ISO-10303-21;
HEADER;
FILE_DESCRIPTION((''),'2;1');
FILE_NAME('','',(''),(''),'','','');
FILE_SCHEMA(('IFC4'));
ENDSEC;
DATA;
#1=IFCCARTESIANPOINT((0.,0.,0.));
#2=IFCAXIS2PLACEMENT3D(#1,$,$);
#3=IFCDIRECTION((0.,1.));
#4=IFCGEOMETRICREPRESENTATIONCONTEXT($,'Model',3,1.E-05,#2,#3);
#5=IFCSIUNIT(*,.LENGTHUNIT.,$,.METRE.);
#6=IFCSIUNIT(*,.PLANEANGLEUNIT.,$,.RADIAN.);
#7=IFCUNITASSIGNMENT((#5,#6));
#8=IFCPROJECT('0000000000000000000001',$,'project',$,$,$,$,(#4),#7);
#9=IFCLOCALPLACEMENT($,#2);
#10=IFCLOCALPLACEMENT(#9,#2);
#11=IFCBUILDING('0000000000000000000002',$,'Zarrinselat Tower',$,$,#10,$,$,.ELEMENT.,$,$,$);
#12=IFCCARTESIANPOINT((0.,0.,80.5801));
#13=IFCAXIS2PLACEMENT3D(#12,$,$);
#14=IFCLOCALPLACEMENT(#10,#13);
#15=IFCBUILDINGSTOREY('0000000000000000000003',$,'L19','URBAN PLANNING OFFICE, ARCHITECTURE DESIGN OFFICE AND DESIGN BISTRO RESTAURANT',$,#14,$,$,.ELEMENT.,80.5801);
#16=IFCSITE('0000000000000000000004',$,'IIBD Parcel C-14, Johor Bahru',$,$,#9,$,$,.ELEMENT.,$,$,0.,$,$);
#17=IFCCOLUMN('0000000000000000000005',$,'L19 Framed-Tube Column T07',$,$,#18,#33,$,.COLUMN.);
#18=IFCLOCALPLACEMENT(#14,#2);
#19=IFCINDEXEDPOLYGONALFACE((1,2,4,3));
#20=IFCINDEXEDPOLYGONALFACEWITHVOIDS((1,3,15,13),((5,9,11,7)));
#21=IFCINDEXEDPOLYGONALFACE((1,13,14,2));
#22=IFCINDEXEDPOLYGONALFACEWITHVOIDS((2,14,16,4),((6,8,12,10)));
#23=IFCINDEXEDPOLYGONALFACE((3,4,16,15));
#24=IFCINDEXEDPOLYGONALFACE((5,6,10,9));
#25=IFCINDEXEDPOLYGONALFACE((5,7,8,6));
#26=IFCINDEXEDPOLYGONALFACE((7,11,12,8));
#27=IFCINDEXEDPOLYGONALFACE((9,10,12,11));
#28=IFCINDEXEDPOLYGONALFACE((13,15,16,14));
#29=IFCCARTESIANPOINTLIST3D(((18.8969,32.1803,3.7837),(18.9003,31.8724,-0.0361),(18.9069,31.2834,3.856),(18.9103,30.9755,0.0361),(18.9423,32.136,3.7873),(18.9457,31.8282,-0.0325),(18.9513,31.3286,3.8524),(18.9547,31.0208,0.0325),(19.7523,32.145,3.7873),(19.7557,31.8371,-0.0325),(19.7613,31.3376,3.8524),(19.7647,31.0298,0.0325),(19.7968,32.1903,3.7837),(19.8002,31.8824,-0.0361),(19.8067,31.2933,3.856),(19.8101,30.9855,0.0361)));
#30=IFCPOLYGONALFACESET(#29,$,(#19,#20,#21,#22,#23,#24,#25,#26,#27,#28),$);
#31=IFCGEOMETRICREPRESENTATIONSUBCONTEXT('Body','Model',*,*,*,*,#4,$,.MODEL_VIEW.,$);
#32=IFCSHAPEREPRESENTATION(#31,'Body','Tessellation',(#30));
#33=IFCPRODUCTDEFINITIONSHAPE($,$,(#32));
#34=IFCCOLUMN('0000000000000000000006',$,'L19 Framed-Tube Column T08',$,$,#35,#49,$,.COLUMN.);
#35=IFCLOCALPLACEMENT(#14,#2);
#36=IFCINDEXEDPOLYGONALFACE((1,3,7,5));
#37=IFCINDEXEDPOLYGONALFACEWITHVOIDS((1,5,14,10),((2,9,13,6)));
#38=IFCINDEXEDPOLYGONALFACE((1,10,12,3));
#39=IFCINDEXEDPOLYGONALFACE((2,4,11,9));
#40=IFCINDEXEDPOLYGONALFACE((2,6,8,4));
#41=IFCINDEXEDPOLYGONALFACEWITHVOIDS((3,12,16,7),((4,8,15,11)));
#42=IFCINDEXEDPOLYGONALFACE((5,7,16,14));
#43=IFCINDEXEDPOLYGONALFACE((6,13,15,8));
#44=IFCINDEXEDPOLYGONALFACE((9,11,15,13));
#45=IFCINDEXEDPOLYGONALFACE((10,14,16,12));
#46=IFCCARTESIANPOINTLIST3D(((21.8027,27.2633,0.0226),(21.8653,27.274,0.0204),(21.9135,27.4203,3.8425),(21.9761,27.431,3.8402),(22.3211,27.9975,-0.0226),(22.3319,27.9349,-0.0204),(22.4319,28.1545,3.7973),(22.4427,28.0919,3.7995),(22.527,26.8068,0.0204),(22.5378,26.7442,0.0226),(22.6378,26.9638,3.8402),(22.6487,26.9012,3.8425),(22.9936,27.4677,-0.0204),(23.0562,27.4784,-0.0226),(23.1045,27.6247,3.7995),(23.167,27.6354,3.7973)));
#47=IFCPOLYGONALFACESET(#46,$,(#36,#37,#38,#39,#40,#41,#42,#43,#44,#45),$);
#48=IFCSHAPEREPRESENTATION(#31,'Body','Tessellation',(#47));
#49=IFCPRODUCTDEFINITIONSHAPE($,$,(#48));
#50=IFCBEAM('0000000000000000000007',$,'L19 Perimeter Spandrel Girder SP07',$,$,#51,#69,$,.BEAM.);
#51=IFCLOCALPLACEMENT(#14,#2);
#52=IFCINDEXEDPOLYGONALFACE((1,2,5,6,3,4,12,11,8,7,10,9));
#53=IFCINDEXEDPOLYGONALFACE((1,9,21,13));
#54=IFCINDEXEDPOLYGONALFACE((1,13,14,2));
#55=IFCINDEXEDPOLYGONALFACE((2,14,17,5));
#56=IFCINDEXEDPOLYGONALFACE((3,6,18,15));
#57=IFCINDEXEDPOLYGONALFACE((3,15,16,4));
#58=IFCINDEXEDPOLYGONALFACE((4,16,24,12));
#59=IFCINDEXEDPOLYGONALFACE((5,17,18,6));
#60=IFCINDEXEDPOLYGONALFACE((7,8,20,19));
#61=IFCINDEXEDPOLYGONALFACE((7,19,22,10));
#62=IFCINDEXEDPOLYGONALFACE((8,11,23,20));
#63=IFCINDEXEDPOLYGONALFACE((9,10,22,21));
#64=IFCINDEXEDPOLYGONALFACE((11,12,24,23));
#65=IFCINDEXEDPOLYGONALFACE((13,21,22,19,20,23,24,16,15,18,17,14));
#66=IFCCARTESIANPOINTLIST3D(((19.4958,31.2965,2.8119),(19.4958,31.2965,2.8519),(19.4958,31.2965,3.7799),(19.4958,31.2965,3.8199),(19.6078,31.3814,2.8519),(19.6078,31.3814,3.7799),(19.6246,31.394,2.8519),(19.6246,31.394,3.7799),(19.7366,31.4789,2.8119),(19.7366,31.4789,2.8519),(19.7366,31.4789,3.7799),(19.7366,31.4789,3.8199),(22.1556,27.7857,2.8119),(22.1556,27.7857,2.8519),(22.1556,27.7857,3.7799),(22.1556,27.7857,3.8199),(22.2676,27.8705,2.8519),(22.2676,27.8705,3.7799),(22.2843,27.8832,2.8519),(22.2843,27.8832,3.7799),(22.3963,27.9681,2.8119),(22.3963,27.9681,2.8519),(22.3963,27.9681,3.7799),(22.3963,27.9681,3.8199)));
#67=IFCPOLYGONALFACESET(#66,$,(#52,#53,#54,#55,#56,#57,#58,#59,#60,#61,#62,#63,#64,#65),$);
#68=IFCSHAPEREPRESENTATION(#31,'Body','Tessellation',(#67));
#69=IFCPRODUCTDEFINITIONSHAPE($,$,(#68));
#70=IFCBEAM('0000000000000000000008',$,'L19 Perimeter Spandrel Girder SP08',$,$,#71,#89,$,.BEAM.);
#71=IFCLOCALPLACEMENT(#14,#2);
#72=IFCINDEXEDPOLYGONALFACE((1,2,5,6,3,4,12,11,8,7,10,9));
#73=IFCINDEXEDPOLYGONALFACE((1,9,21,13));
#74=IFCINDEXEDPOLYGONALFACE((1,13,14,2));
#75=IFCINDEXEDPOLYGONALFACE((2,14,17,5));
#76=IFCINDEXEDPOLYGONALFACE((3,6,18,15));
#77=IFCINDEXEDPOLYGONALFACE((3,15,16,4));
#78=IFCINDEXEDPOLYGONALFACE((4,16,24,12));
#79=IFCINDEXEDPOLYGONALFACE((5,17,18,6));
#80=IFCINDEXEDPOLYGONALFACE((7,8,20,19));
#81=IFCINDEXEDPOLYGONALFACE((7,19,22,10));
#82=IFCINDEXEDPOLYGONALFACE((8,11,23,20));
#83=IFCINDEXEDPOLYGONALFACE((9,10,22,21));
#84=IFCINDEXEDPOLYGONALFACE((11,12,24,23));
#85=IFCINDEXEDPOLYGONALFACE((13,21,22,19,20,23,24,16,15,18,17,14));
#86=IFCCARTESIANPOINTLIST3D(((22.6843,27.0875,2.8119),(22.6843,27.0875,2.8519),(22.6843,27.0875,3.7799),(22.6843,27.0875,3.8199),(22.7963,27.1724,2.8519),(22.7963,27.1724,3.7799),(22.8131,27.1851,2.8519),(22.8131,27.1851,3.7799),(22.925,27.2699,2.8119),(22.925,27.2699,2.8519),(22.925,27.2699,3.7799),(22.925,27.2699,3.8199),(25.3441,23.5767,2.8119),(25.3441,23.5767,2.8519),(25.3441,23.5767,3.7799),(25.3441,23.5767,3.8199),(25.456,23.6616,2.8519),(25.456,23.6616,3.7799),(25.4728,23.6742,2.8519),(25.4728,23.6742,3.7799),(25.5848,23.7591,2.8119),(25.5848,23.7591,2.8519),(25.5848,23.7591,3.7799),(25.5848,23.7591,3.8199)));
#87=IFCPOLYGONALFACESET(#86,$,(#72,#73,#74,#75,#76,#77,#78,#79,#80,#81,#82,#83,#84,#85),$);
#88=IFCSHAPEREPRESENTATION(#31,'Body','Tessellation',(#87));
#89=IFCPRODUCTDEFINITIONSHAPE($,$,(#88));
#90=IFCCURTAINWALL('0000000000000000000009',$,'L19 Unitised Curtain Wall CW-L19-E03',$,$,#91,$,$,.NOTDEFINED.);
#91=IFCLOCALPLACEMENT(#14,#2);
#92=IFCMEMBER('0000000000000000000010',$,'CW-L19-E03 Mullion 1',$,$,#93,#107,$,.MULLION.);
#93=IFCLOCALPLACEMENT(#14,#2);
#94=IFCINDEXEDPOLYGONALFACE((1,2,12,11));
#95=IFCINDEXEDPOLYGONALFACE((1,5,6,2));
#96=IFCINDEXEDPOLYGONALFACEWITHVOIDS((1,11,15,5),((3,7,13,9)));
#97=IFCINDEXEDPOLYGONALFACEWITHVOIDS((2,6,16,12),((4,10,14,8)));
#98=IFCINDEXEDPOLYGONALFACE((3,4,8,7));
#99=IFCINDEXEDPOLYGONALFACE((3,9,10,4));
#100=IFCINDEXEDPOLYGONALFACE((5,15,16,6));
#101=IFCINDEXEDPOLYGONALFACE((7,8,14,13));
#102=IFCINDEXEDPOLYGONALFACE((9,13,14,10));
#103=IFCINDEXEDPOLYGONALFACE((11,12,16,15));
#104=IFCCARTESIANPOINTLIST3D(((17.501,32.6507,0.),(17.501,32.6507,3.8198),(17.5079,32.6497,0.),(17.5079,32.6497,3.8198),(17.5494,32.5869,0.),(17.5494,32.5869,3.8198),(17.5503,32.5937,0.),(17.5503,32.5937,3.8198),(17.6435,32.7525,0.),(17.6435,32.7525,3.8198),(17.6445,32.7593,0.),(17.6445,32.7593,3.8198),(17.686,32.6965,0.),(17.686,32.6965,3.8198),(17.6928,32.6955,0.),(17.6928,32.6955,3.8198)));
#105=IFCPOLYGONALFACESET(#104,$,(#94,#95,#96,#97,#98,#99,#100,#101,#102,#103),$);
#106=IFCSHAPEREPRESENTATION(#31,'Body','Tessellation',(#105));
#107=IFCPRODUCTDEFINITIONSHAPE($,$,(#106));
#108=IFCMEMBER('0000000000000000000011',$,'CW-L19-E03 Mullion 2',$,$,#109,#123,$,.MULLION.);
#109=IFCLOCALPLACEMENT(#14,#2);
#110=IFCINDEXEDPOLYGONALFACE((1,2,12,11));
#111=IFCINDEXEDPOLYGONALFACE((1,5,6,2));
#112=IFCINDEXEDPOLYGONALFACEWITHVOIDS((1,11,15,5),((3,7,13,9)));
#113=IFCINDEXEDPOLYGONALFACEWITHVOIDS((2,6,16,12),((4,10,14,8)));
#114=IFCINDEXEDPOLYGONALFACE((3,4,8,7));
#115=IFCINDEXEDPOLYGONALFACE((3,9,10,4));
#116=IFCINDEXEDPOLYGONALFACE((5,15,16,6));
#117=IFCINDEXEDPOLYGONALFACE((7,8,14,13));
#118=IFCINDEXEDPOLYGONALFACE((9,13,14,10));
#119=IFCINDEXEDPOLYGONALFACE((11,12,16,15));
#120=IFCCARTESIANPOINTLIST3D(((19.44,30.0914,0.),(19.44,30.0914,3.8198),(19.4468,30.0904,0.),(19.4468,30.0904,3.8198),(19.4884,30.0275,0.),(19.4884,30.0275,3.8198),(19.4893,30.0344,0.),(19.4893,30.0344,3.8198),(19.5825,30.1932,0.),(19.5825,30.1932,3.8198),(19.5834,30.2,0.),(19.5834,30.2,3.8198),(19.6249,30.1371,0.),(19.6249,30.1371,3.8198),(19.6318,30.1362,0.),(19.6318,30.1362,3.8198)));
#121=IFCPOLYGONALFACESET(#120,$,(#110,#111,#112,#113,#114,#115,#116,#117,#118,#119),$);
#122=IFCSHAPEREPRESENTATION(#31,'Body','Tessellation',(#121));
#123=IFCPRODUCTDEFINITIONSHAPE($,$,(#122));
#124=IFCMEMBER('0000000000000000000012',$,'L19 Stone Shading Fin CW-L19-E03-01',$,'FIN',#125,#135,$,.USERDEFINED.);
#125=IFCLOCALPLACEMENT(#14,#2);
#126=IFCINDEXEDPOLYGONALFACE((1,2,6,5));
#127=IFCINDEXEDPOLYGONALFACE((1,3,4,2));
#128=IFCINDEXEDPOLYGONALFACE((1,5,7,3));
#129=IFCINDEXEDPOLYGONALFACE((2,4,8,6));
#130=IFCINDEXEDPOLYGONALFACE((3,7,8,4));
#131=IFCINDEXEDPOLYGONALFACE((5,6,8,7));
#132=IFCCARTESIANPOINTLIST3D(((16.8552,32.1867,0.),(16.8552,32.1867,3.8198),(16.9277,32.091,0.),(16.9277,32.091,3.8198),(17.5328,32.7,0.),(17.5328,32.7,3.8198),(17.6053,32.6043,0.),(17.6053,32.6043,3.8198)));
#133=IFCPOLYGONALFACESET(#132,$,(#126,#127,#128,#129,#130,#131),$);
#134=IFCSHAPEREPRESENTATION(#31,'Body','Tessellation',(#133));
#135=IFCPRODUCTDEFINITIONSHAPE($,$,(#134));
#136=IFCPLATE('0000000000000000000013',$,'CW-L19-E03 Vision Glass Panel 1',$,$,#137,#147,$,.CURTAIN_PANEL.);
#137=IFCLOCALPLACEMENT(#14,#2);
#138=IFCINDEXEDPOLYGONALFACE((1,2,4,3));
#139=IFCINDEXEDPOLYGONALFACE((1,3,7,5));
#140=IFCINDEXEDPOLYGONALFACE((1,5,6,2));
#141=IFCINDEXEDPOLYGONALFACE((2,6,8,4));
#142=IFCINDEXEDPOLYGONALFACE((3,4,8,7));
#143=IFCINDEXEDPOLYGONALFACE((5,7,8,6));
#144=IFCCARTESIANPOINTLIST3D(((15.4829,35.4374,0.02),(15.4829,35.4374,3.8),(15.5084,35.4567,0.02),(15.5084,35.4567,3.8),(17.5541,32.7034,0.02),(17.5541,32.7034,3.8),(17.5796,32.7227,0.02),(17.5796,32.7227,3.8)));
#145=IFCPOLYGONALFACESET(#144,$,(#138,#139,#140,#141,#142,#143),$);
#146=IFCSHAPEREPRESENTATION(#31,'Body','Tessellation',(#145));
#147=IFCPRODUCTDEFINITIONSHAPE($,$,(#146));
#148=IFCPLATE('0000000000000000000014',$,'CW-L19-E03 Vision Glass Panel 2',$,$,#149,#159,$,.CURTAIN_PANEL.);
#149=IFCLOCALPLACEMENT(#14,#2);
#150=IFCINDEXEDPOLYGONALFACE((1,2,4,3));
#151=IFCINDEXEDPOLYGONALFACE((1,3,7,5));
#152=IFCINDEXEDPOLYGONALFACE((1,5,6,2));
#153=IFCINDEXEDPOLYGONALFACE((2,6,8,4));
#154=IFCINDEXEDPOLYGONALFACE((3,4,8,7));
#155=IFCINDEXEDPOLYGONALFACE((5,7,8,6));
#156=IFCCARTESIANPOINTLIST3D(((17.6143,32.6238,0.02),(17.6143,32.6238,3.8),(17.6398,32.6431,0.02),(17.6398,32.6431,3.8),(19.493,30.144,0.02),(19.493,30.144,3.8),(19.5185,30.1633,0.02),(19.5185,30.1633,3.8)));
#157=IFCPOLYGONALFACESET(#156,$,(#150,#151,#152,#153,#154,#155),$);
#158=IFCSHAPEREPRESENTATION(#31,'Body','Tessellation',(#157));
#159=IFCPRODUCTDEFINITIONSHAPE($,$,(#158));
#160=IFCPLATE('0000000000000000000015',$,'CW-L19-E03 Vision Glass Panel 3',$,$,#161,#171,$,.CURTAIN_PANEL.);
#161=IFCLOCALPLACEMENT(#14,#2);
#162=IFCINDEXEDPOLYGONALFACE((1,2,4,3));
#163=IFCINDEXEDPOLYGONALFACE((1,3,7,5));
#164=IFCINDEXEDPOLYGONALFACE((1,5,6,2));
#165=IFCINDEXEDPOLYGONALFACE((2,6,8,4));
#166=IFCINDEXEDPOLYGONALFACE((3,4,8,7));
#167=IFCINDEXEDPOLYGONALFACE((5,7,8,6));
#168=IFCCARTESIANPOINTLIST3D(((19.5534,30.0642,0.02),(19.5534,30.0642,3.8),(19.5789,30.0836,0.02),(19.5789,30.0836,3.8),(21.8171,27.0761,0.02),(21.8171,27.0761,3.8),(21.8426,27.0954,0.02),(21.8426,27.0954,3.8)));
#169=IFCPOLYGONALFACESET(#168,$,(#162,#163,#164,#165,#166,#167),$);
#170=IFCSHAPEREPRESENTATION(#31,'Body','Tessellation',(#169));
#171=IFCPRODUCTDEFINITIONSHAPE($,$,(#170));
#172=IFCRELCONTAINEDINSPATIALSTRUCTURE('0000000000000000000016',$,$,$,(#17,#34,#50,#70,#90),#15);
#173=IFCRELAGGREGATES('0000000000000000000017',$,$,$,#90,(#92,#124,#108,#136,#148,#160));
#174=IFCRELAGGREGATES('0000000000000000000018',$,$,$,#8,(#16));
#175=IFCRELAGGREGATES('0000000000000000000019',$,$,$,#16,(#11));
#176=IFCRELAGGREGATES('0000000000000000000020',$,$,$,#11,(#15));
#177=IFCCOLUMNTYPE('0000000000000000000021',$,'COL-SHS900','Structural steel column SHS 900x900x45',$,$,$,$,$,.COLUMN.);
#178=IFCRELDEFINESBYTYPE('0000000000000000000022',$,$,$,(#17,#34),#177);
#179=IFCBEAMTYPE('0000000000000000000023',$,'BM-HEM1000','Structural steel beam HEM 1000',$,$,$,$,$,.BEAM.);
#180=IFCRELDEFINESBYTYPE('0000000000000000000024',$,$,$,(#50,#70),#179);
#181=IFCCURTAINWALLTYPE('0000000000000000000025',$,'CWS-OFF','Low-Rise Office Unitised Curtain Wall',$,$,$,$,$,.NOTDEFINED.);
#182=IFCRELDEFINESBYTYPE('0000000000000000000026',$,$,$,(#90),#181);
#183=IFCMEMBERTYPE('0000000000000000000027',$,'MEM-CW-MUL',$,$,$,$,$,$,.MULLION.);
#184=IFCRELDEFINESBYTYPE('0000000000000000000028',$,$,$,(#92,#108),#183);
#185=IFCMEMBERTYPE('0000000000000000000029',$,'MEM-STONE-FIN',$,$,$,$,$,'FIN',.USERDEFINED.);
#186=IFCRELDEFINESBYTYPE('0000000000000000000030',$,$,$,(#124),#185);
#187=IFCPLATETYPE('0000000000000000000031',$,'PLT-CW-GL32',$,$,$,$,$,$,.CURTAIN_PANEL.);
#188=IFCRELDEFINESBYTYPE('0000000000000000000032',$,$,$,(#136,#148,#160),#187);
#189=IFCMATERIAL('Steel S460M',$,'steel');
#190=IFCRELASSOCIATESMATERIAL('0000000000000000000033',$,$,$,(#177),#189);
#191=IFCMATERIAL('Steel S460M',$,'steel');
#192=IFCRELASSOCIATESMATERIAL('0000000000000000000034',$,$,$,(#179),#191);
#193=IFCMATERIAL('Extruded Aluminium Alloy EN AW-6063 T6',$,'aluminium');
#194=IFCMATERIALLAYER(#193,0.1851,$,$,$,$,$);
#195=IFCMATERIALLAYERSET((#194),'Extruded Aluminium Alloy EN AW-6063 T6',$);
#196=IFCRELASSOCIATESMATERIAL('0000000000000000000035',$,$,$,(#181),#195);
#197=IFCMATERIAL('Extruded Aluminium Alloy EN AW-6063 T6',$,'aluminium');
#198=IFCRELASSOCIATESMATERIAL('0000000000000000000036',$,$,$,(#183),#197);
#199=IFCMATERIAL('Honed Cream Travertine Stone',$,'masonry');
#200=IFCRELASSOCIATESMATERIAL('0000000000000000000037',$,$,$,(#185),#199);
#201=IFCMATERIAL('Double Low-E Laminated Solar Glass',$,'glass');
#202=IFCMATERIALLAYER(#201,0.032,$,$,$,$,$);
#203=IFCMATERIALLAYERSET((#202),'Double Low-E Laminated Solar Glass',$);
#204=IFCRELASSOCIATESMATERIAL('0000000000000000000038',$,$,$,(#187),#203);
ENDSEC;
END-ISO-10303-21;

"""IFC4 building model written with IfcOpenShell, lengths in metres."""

from ifc_helpers import new_model, si_unit, direction, frame, origin, origin_2d, place, context, subcontext, project, spatial, rectangle, hollow_rectangle, i_section, extrude, material, layer, layer_set, material_profile, profile_set, type_object, element, aggregate, save


model = new_model("IFC4")

# Units and contexts
model_context = context("Model", 3, precision=1e-05, world=origin(), true_north=direction((0.0, 1.0)))
body_context = subcontext(model_context, "Body", "Model", "MODEL_VIEW")
ifc_project = project(units=[si_unit("LENGTHUNIT", "METRE"), si_unit("PLANEANGLEUNIT", "RADIAN")], contexts=[model_context])

# Site, building, storey
site_placement = place(None, origin())
site = spatial("IfcSite", under=ifc_project, at=site_placement, Name="IIBD Parcel C-14, Johor Bahru", CompositionType="ELEMENT", RefElevation=0.0)
building_placement = place(site_placement, origin())
building = spatial("IfcBuilding", under=site, at=building_placement, Name="Zarrinselat Tower", CompositionType="ELEMENT")
storey_placement = place(building_placement, frame((0.0, 0.0, 80.5801)))
storey = spatial("IfcBuildingStorey", under=building, at=storey_placement, Name="L19", Description="URBAN PLANNING OFFICE, ARCHITECTURE DESIGN OFFICE AND DESIGN BISTRO RESTAURANT", CompositionType="ELEMENT", Elevation=80.5801)

# Columns
ifc_material_1 = material(Name="Steel S460M", Category="steel")
ifc_material_profile_1 = material_profile(ifc_material_1, hollow_rectangle(XDim=0.8999, YDim=0.8999, WallThickness=0.0449, at=origin_2d()), Name="SHS 900x900x45")
ifc_profile_set_1 = profile_set([ifc_material_profile_1], Name="Steel S460M")
column_type = type_object("IfcColumnType", Name="COL-SHS900", Description="Structural steel column SHS 900x900x45", PredefinedType="COLUMN", material=ifc_profile_set_1)
column_1_placement = place(storey_placement, frame((19.3552, 31.429, 0.0), z_axis=(-0.000892, 0.080335, 0.996768), x_axis=(-0.999938, -0.011102, 0.0)))
element("IfcColumn", 1, at=column_1_placement, inside=storey, type_object=column_type, Name="L19 Framed-Tube Column T07", PredefinedType="COLUMN", context=body_context, shape_type="SweptSolid", body=[
    extrude(hollow_rectangle(XDim=0.8999, YDim=0.8999, WallThickness=0.0449, at=origin_2d()), origin(), (0.0, 0.0, 1.0), 3.8323),
])
column_2_placement = place(storey_placement, frame((22.4294, 27.3708, 0.0), z_axis=(0.02898, 0.041045, 0.998737), x_axis=(-0.816897, 0.576783, 0.0)))
element("IfcColumn", 2, at=column_2_placement, inside=storey, type_object=column_type, Name="L19 Framed-Tube Column T08", PredefinedType="COLUMN", context=body_context, shape_type="SweptSolid", body=[
    extrude(hollow_rectangle(XDim=0.8999, YDim=0.8999, WallThickness=0.0449, at=origin_2d()), origin(), (0.0, 0.0, 1.0), 3.8247),
])

# Beams
ifc_material_2 = material(Name="Steel S460M", Category="steel")
ifc_material_profile_2 = material_profile(ifc_material_2, i_section(OverallWidth=0.302, OverallDepth=1.0081, WebThickness=0.021, FlangeThickness=0.04, at=origin_2d()), Name="HEM 1000")
ifc_profile_set_2 = profile_set([ifc_material_profile_2], Name="Steel S460M")
beam_type = type_object("IfcBeamType", Name="BM-HEM1000", Description="Structural steel beam HEM 1000", PredefinedType="BEAM", material=ifc_profile_set_2)
for number, where, z_axis, x_axis, name in (
    (3, (19.6162, 31.3877, 3.3159), (0.60386, -0.797091, 0.0), (0.797091, 0.60386, 0.0), "L19 Perimeter Spandrel Girder SP07"),
    (4, (22.8047, 27.1787, 3.3159), (0.60386, -0.797091, 0.0), (0.797091, 0.60386, 0.0), "L19 Perimeter Spandrel Girder SP08"),
):
    element("IfcBeam", number, at=place(storey_placement, frame(where, z_axis=z_axis, x_axis=x_axis)), inside=storey, type_object=beam_type, Name=name, PredefinedType="BEAM", context=body_context, shape_type="SweptSolid", body=[
        extrude(i_section(OverallWidth=0.302, OverallDepth=1.0081, WebThickness=0.021, FlangeThickness=0.04, at=origin_2d()), origin(), (0.0, 0.0, 1.0), 4.4045),
    ])

# Curtain wall, members, plates
ifc_material_3 = material(Name="Extruded Aluminium Alloy EN AW-6063 T6", Category="aluminium")
ifc_layer_1 = layer(ifc_material_3, 0.1851)
ifc_layer_set_1 = layer_set([ifc_layer_1], Name="Extruded Aluminium Alloy EN AW-6063 T6")
curtain_wall_type = type_object("IfcCurtainWallType", Name="CWS-OFF", Description="Low-Rise Office Unitised Curtain Wall", PredefinedType="NOTDEFINED", material=ifc_layer_set_1)
curtain_wall_placement = place(storey_placement, origin())
curtain_wall = element("IfcCurtainWall", 5, at=curtain_wall_placement, inside=storey, type_object=curtain_wall_type, Name="L19 Unitised Curtain Wall CW-L19-E03", PredefinedType="NOTDEFINED")
ifc_material_4 = material(Name="Extruded Aluminium Alloy EN AW-6063 T6", Category="aluminium")
ifc_material_profile_3 = material_profile(ifc_material_4, hollow_rectangle(XDim=0.0801, YDim=0.1799, WallThickness=0.0049, at=origin_2d()), Name="RHS 180x80x5")
ifc_profile_set_3 = profile_set([ifc_material_profile_3], Name="Extruded Aluminium Alloy EN AW-6063 T6")
member_type_1 = type_object("IfcMemberType", Name="MEM-CW-MUL", PredefinedType="MULLION", material=ifc_profile_set_3)
member_1_placement = place(storey_placement, frame((17.5969, 32.6731, 0.0), z_axis=(0.0, 0.0, 1.0), x_axis=(0.603855, -0.797094, 0.0)))
member_1 = element("IfcMember", 6, at=member_1_placement, type_object=member_type_1, Name="CW-L19-E03 Mullion 1", PredefinedType="MULLION", context=body_context, shape_type="SweptSolid", body=[
    extrude(hollow_rectangle(XDim=0.0801, YDim=0.1799, WallThickness=0.0049, at=origin_2d()), origin(), (0.0, 0.0, 1.0), 3.8198),
])
member_2_placement = place(storey_placement, frame((19.5359, 30.1138, 0.0), z_axis=(0.0, 0.0, 1.0), x_axis=(0.603855, -0.797094, 0.0)))
member_2 = element("IfcMember", 7, at=member_2_placement, type_object=member_type_1, Name="CW-L19-E03 Mullion 2", PredefinedType="MULLION", context=body_context, shape_type="SweptSolid", body=[
    extrude(hollow_rectangle(XDim=0.0801, YDim=0.1799, WallThickness=0.0049, at=origin_2d()), origin(), (0.0, 0.0, 1.0), 3.8198),
])
ifc_material_5 = material(Name="Honed Cream Travertine Stone", Category="masonry")
ifc_material_profile_4 = material_profile(ifc_material_5, rectangle(XDim=0.1201, YDim=0.8501, at=origin_2d()), Name="FIN 850x120")
ifc_profile_set_4 = profile_set([ifc_material_profile_4], Name="Honed Cream Travertine Stone")
member_type_2 = type_object("IfcMemberType", Name="MEM-STONE-FIN", ElementType="FIN", PredefinedType="USERDEFINED", material=ifc_profile_set_4)
member_3_placement = place(storey_placement, frame((17.2302, 32.3955, 0.0), z_axis=(0.0, 0.0, 1.0), x_axis=(-0.603855, 0.797094, 0.0)))
member_3 = element("IfcMember", 8, at=member_3_placement, type_object=member_type_2, Name="L19 Stone Shading Fin CW-L19-E03-01", ObjectType="FIN", PredefinedType="USERDEFINED", context=body_context, shape_type="SweptSolid", body=[
    extrude(rectangle(XDim=0.1201, YDim=0.8501, at=origin_2d()), origin(), (0.0, 0.0, 1.0), 3.8198),
])
ifc_material_6 = material(Name="Double Low-E Laminated Solar Glass", Category="glass")
ifc_layer_2 = layer(ifc_material_6, 0.032)
ifc_layer_set_2 = layer_set([ifc_layer_2], Name="Double Low-E Laminated Solar Glass")
plate_type = type_object("IfcPlateType", Name="PLT-CW-GL32", PredefinedType="CURTAIN_PANEL", material=ifc_layer_set_2)
plate_1_placement = place(storey_placement, frame((16.5312, 34.0801, 0.02), z_axis=(0.0, 0.0, 1.0), x_axis=(0.603855, -0.797094, 0.0)))
plate_1 = element("IfcPlate", 9, at=plate_1_placement, type_object=plate_type, Name="CW-L19-E03 Vision Glass Panel 1", PredefinedType="CURTAIN_PANEL", context=body_context, shape_type="SweptSolid", body=[
    extrude(rectangle(XDim=3.4299, YDim=0.032, at=origin_2d()), origin(), (0.0, 0.0, 1.0), 3.78),
])
plate_2_placement = place(storey_placement, frame((18.5664, 31.3936, 0.02), z_axis=(0.0, 0.0, 1.0), x_axis=(0.603855, -0.797094, 0.0)))
plate_2 = element("IfcPlate", 10, at=plate_2_placement, type_object=plate_type, Name="CW-L19-E03 Vision Glass Panel 2", PredefinedType="CURTAIN_PANEL", context=body_context, shape_type="SweptSolid", body=[
    extrude(rectangle(XDim=3.1111, YDim=0.032, at=origin_2d()), origin(), (0.0, 0.0, 1.0), 3.78),
])
plate_3_placement = place(storey_placement, frame((20.698, 28.5798, 0.02), z_axis=(0.0, 0.0, 1.0), x_axis=(0.603855, -0.797094, 0.0)))
plate_3 = element("IfcPlate", 11, at=plate_3_placement, type_object=plate_type, Name="CW-L19-E03 Vision Glass Panel 3", PredefinedType="CURTAIN_PANEL", context=body_context, shape_type="SweptSolid", body=[
    extrude(rectangle(XDim=3.7488, YDim=0.032, at=origin_2d()), origin(), (0.0, 0.0, 1.0), 3.78),
])
aggregate(curtain_wall, [member_1, member_3, member_2, plate_1, plate_2, plate_3])

save(model, "model.ifc")
